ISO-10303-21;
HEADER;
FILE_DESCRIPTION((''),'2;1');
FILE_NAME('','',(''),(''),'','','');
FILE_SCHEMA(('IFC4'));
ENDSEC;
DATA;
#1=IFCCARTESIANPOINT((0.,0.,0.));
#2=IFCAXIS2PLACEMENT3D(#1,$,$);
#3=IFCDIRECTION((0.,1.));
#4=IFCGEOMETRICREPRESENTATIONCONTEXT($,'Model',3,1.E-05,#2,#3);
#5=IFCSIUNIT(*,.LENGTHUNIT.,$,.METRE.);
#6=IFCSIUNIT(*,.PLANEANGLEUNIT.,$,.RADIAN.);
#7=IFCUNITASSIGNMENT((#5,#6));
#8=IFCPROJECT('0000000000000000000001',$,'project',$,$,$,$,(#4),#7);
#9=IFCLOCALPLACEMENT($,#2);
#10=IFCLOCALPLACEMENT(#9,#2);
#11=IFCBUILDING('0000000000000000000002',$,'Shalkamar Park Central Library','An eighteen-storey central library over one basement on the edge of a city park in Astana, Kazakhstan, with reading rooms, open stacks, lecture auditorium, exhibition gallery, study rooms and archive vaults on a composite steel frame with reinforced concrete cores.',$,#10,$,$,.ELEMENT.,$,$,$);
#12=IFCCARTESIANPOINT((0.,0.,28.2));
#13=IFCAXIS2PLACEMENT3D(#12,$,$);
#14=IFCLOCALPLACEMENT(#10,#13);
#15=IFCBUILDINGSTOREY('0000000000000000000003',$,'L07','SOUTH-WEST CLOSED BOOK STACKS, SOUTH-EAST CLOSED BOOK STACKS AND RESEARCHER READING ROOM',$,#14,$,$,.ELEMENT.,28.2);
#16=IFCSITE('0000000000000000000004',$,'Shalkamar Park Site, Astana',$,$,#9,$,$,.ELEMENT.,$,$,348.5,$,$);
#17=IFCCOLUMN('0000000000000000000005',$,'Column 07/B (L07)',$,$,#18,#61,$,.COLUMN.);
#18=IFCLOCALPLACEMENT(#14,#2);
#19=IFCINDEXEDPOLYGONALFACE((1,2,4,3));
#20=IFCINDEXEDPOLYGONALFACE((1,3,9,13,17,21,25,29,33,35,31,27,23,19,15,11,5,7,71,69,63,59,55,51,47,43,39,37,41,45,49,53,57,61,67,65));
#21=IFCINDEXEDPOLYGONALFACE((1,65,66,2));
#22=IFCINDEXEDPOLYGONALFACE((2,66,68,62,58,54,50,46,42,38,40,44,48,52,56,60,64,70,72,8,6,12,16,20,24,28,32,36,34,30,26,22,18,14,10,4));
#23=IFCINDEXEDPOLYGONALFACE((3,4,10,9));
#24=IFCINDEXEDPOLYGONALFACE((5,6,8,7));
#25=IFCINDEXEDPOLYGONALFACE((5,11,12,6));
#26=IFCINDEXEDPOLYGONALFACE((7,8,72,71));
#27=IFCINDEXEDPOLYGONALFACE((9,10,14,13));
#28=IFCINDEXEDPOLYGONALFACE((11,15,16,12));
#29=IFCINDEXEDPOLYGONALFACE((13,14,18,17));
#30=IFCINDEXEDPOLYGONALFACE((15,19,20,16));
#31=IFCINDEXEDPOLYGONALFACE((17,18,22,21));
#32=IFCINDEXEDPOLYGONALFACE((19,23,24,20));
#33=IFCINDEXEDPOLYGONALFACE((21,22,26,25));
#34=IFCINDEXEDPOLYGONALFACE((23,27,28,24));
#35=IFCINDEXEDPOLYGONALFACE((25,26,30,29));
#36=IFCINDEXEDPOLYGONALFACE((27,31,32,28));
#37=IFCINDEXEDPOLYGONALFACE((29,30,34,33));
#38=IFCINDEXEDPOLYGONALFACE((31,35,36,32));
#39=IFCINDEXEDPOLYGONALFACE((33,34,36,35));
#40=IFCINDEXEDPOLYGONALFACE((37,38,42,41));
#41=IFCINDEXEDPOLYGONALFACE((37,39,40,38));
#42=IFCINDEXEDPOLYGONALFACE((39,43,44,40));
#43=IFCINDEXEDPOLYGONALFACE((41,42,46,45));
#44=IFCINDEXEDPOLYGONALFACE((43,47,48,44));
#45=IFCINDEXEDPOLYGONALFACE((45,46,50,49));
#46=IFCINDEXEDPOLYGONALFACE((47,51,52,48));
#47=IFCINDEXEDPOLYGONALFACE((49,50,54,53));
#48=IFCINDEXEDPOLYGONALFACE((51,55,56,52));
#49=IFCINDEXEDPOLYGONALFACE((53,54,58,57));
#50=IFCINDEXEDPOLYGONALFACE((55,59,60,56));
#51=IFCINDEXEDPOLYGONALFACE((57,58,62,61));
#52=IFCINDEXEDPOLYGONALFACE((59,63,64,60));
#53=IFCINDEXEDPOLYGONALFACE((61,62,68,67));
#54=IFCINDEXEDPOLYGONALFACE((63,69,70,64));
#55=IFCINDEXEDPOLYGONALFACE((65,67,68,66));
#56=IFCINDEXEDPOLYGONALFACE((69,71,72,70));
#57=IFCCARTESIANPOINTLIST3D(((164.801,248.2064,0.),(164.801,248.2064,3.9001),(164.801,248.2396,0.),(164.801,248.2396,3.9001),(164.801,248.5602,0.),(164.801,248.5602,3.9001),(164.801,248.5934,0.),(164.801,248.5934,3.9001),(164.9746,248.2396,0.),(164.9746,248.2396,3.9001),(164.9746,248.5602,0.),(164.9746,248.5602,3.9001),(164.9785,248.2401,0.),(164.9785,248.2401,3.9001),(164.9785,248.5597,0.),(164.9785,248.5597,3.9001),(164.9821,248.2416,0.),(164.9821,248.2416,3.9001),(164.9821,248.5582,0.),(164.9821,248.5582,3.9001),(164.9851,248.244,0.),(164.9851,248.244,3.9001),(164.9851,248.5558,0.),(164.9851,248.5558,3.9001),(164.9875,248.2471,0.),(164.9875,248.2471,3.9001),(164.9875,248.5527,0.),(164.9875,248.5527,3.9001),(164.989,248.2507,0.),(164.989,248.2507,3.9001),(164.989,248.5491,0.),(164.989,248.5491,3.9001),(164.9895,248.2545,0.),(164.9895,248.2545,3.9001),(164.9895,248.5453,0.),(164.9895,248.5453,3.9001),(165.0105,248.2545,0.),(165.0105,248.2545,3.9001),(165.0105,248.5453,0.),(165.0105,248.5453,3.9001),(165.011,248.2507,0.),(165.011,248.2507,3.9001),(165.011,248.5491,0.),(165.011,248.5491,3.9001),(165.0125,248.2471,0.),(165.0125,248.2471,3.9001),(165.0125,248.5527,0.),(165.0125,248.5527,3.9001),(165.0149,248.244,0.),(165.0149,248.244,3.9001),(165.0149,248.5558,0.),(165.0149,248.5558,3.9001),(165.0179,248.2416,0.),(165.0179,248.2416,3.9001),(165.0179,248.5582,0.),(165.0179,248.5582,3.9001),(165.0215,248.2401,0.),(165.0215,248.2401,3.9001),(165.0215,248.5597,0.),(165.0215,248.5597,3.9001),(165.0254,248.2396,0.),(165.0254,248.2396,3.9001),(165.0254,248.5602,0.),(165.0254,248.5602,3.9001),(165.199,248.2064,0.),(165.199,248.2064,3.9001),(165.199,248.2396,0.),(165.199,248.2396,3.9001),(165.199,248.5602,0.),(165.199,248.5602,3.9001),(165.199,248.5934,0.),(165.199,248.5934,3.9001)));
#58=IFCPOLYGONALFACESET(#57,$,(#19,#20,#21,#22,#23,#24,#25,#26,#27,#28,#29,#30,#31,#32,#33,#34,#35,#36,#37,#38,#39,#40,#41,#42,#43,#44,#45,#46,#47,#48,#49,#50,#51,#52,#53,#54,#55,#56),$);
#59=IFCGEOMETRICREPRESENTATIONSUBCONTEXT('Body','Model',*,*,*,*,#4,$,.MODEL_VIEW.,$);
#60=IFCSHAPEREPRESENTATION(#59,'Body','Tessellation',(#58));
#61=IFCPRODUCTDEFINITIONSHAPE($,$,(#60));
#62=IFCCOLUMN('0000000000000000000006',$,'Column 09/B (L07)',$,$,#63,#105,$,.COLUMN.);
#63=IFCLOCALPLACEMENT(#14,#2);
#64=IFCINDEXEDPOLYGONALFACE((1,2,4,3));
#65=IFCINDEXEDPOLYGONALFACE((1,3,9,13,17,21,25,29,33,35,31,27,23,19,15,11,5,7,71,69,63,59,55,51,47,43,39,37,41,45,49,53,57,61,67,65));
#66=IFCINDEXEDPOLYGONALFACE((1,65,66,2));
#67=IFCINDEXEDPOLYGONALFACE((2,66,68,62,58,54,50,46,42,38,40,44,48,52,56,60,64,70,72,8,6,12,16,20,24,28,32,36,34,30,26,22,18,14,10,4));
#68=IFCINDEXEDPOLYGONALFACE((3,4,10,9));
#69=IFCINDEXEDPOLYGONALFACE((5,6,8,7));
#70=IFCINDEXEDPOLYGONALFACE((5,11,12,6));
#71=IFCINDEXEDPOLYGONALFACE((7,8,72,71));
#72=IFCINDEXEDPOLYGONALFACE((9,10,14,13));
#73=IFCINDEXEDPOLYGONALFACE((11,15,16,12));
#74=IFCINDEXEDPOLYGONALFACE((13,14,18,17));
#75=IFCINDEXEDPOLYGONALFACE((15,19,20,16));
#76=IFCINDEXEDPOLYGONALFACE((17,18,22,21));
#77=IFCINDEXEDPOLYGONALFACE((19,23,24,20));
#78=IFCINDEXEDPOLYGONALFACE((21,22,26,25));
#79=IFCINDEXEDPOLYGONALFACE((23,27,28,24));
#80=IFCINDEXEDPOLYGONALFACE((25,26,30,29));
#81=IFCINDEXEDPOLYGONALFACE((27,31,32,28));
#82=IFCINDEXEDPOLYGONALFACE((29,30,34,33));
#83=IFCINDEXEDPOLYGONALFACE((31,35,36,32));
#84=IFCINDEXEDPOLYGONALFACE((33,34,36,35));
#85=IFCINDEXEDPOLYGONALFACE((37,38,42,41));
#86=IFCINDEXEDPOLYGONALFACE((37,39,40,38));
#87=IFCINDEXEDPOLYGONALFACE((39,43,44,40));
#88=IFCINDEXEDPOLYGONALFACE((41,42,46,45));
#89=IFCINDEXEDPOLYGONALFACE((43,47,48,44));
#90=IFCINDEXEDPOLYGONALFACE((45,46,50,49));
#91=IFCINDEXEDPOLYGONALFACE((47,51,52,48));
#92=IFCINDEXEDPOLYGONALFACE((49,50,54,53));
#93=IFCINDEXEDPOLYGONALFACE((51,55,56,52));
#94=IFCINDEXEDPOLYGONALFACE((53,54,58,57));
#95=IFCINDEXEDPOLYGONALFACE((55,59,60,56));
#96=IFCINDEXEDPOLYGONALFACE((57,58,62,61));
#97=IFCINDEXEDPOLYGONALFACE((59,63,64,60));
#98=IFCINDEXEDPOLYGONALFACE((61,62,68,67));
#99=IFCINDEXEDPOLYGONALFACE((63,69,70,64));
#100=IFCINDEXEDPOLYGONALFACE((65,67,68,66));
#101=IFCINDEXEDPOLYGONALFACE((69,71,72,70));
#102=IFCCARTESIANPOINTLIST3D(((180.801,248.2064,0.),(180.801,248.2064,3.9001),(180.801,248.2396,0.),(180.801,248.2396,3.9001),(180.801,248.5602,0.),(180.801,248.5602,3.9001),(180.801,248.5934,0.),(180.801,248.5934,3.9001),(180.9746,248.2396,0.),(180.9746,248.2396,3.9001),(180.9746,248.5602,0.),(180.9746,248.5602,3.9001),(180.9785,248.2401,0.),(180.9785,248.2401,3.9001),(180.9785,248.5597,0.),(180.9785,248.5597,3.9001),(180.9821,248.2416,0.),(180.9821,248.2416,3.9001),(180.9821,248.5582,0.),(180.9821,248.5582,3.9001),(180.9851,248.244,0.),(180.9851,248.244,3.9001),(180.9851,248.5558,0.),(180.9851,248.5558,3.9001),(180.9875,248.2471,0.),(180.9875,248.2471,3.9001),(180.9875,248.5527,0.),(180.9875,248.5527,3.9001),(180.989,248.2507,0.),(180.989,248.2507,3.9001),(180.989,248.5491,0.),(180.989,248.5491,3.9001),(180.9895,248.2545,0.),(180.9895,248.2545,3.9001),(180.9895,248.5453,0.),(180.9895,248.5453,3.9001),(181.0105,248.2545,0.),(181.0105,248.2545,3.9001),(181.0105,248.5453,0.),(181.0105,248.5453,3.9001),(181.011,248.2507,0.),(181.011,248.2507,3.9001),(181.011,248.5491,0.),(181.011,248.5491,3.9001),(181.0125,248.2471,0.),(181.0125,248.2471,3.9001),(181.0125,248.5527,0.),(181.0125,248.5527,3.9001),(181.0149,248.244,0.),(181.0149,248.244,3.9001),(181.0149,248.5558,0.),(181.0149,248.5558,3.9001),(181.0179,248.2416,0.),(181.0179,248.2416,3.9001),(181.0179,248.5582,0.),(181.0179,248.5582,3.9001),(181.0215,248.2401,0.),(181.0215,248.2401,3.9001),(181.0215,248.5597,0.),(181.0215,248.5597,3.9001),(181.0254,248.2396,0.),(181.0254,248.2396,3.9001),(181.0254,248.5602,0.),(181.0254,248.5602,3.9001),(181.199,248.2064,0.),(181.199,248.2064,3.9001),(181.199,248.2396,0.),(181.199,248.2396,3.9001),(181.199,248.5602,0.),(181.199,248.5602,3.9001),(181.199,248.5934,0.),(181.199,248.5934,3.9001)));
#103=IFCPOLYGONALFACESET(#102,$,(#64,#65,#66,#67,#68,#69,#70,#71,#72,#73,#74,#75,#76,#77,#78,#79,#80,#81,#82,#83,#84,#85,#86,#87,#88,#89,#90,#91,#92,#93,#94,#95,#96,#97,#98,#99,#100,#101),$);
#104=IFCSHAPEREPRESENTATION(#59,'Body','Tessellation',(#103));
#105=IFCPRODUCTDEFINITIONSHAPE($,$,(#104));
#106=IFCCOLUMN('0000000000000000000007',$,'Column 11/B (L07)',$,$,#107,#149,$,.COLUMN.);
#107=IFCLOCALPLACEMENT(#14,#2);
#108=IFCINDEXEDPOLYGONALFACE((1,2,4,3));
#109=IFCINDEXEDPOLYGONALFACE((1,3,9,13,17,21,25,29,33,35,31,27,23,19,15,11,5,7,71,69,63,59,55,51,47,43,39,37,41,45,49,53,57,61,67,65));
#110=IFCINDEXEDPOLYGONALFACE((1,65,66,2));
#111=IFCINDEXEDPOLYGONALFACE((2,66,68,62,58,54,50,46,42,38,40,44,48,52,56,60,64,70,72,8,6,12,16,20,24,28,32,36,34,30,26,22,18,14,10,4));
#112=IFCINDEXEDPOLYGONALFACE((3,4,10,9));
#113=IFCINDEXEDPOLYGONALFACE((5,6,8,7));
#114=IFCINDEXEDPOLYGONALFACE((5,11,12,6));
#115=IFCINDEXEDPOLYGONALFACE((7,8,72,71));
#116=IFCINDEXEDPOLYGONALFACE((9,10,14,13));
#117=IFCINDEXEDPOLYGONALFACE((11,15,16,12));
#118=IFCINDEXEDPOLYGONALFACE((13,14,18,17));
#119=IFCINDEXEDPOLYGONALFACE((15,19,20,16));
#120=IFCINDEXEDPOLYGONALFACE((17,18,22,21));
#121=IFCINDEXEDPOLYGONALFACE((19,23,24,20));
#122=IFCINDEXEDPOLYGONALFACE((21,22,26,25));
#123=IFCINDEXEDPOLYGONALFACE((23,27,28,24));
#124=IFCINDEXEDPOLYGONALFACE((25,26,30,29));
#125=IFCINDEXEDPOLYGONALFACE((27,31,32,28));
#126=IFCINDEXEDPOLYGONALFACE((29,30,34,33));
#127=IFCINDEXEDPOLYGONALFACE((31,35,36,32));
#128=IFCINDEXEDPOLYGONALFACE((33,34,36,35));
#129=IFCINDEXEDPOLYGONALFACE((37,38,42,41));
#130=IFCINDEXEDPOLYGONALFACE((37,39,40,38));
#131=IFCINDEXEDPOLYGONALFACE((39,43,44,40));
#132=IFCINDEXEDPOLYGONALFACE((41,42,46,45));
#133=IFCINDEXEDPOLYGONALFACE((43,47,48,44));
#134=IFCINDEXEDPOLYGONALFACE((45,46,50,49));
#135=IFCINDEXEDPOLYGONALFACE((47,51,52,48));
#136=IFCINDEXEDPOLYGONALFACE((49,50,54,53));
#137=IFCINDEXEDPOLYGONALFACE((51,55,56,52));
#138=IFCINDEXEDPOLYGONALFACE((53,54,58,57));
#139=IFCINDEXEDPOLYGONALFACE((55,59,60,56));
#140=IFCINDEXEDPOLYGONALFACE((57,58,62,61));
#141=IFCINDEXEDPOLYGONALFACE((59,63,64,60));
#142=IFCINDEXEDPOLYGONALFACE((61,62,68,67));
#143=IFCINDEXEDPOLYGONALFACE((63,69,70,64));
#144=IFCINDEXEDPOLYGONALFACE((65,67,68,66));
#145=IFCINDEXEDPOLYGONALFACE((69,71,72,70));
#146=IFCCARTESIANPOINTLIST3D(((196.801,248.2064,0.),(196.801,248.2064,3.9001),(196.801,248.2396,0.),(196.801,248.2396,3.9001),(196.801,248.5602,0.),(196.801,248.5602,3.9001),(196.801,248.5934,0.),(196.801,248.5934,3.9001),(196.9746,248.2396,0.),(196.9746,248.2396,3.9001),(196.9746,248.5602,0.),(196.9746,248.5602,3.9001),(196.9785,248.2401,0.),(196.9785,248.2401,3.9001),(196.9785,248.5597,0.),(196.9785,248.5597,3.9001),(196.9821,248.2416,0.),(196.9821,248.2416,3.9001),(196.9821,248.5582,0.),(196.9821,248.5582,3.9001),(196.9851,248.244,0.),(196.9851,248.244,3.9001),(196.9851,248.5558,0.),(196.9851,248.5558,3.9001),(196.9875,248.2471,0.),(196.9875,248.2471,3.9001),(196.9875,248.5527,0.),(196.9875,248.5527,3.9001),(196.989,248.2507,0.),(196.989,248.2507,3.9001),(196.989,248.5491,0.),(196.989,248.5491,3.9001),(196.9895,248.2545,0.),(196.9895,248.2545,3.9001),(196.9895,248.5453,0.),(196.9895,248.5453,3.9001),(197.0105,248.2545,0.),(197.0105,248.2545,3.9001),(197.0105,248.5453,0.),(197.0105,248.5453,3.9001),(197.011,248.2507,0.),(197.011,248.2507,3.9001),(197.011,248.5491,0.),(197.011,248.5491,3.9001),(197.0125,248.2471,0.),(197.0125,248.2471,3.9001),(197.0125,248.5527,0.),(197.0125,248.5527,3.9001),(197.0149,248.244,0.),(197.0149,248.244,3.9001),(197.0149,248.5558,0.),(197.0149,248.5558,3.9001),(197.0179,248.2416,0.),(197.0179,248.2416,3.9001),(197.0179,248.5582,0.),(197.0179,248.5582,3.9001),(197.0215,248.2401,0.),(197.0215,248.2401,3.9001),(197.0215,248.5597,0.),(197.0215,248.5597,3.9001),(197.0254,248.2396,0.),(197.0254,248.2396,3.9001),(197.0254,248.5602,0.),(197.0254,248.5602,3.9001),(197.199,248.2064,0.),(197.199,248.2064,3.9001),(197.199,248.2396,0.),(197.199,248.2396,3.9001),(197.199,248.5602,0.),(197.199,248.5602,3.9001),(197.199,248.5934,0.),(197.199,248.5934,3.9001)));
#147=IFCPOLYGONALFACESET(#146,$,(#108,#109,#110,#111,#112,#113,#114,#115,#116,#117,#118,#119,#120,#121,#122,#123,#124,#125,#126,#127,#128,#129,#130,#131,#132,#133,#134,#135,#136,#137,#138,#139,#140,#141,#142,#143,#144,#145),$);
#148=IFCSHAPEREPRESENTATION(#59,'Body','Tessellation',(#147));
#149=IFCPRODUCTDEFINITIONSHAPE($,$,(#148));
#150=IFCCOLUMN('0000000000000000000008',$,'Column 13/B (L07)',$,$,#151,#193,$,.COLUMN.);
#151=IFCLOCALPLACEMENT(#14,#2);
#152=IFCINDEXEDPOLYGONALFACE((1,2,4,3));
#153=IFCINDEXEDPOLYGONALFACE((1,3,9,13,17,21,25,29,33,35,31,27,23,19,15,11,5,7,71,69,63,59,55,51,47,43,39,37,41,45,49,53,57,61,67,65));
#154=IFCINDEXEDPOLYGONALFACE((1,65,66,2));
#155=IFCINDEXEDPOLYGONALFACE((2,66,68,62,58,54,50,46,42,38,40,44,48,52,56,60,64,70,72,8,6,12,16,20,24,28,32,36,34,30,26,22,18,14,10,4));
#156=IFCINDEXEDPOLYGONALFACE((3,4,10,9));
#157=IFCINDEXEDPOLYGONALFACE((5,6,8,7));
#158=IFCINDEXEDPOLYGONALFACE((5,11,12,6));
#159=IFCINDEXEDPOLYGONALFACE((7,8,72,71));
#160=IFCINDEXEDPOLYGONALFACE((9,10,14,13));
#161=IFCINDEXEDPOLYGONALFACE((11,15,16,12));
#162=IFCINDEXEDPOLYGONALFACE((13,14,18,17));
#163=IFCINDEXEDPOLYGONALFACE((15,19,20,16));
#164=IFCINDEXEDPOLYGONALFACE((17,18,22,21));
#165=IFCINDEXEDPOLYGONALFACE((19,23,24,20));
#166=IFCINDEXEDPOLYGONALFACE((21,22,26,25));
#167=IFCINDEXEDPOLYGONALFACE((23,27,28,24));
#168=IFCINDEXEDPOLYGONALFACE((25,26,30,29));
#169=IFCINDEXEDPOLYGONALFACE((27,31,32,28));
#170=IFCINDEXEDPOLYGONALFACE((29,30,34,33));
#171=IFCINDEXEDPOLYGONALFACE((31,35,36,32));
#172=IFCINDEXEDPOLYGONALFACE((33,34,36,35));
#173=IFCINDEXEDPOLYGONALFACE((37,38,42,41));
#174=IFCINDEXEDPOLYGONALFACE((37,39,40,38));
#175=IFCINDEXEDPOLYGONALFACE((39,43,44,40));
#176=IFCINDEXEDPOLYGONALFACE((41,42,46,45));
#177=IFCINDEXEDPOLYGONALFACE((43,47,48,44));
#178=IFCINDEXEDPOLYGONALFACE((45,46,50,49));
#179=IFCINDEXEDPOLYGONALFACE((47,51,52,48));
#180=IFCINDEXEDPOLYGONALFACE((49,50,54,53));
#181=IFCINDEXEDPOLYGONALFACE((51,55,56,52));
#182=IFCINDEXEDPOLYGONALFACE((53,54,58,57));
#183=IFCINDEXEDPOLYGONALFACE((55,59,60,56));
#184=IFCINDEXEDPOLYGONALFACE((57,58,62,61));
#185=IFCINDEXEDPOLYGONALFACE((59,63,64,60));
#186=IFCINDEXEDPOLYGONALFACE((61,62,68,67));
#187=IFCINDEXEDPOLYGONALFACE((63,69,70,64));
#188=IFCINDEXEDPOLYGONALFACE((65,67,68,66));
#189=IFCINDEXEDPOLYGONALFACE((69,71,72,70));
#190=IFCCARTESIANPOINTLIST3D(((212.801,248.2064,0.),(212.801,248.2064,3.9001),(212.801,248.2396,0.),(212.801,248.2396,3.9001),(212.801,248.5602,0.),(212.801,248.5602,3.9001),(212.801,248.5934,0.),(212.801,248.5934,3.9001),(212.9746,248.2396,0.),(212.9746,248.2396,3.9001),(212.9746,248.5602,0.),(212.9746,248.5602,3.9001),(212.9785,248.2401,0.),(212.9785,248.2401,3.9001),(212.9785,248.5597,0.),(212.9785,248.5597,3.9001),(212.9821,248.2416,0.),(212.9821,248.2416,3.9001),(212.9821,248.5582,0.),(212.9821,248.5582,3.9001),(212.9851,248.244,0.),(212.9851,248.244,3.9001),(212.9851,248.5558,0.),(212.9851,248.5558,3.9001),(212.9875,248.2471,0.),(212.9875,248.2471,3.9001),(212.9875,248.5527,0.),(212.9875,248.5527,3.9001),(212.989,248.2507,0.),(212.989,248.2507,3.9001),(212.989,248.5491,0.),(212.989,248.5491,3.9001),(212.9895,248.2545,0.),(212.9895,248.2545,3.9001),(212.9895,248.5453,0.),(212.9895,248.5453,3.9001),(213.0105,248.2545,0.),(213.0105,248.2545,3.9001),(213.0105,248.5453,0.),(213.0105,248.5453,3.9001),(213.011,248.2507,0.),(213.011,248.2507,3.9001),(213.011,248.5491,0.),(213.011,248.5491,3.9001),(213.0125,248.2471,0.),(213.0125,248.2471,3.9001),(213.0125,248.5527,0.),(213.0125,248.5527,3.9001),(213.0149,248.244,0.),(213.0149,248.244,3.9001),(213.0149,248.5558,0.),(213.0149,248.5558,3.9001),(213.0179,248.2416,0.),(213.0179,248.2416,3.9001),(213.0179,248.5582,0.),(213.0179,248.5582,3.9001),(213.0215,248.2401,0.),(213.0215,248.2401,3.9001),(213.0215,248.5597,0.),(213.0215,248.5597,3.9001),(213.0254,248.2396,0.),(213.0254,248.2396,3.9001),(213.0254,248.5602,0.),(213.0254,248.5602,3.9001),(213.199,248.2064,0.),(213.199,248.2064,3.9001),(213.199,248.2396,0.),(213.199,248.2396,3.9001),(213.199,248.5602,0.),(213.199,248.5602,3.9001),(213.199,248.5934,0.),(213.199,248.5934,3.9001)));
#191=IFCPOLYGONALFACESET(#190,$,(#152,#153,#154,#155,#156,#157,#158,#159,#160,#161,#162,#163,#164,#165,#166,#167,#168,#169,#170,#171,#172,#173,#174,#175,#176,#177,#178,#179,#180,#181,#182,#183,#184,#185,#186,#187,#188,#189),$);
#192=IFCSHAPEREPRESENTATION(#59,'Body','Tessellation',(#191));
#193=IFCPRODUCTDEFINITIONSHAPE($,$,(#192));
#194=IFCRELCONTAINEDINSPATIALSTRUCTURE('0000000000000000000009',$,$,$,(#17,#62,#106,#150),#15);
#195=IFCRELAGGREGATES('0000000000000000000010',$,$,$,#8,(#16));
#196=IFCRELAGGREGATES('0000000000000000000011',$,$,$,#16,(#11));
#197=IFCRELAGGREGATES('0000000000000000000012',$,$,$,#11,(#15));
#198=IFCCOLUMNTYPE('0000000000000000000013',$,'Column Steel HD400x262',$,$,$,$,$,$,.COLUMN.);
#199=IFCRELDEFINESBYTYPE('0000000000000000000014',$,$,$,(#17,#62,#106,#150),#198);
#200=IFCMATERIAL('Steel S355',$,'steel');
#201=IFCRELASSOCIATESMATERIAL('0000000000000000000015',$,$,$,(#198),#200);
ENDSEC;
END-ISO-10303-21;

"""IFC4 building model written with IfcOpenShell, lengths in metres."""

from ifc_helpers import new_model, si_unit, direction, frame, origin, origin_2d, place, context, subcontext, project, spatial, i_section, extrude, material, material_profile, profile_set, type_object, element, save


model = new_model("IFC4")

# Units and contexts
model_context = context("Model", 3, precision=1e-05, world=origin(), true_north=direction((0.0, 1.0)))
body_context = subcontext(model_context, "Body", "Model", "MODEL_VIEW")
ifc_project = project(units=[si_unit("LENGTHUNIT", "METRE"), si_unit("PLANEANGLEUNIT", "RADIAN")], contexts=[model_context])

# Site, building, storey
site_placement = place(None, origin())
site = spatial("IfcSite", under=ifc_project, at=site_placement, Name="Shalkamar Park Site, Astana", CompositionType="ELEMENT", RefElevation=348.5)
building_placement = place(site_placement, origin())
building = spatial("IfcBuilding", under=site, at=building_placement, Name="Shalkamar Park Central Library", Description="An eighteen-storey central library over one basement on the edge of a city park in Astana, Kazakhstan, with reading rooms, open stacks, lecture auditorium, exhibition gallery, study rooms and archive vaults on a composite steel frame with reinforced concrete cores.", CompositionType="ELEMENT")
storey_placement = place(building_placement, frame((0.0, 0.0, 28.2)))
storey = spatial("IfcBuildingStorey", under=building, at=storey_placement, Name="L07", Description="SOUTH-WEST CLOSED BOOK STACKS, SOUTH-EAST CLOSED BOOK STACKS AND RESEARCHER READING ROOM", CompositionType="ELEMENT", Elevation=28.2)

# Columns
ifc_material_1 = material(Name="Steel S355", Category="steel")
ifc_material_profile_1 = material_profile(ifc_material_1, i_section(OverallWidth=0.3979, OverallDepth=0.387, WebThickness=0.021, FlangeThickness=0.0332, FilletRadius=0.0149, at=origin_2d()), Name="HD 400x262")
ifc_profile_set_1 = profile_set([ifc_material_profile_1], Name="Steel S355")
column_type_1 = type_object("IfcColumnType", Name="Column Steel HD400x262", PredefinedType="COLUMN", material=ifc_profile_set_1)
for number, where, z_axis, x_axis, name in (
    (1, (165.0, 248.3999, 0.0), (0.0, 0.0, 1.0), (1.0, 0.0, 0.0), "Column 07/B (L07)"),
    (2, (181.0, 248.3999, 0.0), (0.0, 0.0, 1.0), (1.0, 0.0, 0.0), "Column 09/B (L07)"),
    (3, (197.0, 248.3999, 0.0), (0.0, 0.0, 1.0), (1.0, 0.0, 0.0), "Column 11/B (L07)"),
    (4, (213.0, 248.3999, 0.0), (0.0, 0.0, 1.0), (1.0, 0.0, 0.0), "Column 13/B (L07)"),
):
    element("IfcColumn", number, at=place(storey_placement, frame(where, z_axis=z_axis, x_axis=x_axis)), inside=storey, type_object=column_type_1, Name=name, PredefinedType="COLUMN", context=body_context, shape_type="SweptSolid", body=[
        extrude(i_section(OverallWidth=0.3979, OverallDepth=0.387, WebThickness=0.021, FlangeThickness=0.0332, FilletRadius=0.0149, at=origin_2d()), origin(), (0.0, 0.0, 1.0), 3.9001),
    ])

save(model, "model.ifc")
